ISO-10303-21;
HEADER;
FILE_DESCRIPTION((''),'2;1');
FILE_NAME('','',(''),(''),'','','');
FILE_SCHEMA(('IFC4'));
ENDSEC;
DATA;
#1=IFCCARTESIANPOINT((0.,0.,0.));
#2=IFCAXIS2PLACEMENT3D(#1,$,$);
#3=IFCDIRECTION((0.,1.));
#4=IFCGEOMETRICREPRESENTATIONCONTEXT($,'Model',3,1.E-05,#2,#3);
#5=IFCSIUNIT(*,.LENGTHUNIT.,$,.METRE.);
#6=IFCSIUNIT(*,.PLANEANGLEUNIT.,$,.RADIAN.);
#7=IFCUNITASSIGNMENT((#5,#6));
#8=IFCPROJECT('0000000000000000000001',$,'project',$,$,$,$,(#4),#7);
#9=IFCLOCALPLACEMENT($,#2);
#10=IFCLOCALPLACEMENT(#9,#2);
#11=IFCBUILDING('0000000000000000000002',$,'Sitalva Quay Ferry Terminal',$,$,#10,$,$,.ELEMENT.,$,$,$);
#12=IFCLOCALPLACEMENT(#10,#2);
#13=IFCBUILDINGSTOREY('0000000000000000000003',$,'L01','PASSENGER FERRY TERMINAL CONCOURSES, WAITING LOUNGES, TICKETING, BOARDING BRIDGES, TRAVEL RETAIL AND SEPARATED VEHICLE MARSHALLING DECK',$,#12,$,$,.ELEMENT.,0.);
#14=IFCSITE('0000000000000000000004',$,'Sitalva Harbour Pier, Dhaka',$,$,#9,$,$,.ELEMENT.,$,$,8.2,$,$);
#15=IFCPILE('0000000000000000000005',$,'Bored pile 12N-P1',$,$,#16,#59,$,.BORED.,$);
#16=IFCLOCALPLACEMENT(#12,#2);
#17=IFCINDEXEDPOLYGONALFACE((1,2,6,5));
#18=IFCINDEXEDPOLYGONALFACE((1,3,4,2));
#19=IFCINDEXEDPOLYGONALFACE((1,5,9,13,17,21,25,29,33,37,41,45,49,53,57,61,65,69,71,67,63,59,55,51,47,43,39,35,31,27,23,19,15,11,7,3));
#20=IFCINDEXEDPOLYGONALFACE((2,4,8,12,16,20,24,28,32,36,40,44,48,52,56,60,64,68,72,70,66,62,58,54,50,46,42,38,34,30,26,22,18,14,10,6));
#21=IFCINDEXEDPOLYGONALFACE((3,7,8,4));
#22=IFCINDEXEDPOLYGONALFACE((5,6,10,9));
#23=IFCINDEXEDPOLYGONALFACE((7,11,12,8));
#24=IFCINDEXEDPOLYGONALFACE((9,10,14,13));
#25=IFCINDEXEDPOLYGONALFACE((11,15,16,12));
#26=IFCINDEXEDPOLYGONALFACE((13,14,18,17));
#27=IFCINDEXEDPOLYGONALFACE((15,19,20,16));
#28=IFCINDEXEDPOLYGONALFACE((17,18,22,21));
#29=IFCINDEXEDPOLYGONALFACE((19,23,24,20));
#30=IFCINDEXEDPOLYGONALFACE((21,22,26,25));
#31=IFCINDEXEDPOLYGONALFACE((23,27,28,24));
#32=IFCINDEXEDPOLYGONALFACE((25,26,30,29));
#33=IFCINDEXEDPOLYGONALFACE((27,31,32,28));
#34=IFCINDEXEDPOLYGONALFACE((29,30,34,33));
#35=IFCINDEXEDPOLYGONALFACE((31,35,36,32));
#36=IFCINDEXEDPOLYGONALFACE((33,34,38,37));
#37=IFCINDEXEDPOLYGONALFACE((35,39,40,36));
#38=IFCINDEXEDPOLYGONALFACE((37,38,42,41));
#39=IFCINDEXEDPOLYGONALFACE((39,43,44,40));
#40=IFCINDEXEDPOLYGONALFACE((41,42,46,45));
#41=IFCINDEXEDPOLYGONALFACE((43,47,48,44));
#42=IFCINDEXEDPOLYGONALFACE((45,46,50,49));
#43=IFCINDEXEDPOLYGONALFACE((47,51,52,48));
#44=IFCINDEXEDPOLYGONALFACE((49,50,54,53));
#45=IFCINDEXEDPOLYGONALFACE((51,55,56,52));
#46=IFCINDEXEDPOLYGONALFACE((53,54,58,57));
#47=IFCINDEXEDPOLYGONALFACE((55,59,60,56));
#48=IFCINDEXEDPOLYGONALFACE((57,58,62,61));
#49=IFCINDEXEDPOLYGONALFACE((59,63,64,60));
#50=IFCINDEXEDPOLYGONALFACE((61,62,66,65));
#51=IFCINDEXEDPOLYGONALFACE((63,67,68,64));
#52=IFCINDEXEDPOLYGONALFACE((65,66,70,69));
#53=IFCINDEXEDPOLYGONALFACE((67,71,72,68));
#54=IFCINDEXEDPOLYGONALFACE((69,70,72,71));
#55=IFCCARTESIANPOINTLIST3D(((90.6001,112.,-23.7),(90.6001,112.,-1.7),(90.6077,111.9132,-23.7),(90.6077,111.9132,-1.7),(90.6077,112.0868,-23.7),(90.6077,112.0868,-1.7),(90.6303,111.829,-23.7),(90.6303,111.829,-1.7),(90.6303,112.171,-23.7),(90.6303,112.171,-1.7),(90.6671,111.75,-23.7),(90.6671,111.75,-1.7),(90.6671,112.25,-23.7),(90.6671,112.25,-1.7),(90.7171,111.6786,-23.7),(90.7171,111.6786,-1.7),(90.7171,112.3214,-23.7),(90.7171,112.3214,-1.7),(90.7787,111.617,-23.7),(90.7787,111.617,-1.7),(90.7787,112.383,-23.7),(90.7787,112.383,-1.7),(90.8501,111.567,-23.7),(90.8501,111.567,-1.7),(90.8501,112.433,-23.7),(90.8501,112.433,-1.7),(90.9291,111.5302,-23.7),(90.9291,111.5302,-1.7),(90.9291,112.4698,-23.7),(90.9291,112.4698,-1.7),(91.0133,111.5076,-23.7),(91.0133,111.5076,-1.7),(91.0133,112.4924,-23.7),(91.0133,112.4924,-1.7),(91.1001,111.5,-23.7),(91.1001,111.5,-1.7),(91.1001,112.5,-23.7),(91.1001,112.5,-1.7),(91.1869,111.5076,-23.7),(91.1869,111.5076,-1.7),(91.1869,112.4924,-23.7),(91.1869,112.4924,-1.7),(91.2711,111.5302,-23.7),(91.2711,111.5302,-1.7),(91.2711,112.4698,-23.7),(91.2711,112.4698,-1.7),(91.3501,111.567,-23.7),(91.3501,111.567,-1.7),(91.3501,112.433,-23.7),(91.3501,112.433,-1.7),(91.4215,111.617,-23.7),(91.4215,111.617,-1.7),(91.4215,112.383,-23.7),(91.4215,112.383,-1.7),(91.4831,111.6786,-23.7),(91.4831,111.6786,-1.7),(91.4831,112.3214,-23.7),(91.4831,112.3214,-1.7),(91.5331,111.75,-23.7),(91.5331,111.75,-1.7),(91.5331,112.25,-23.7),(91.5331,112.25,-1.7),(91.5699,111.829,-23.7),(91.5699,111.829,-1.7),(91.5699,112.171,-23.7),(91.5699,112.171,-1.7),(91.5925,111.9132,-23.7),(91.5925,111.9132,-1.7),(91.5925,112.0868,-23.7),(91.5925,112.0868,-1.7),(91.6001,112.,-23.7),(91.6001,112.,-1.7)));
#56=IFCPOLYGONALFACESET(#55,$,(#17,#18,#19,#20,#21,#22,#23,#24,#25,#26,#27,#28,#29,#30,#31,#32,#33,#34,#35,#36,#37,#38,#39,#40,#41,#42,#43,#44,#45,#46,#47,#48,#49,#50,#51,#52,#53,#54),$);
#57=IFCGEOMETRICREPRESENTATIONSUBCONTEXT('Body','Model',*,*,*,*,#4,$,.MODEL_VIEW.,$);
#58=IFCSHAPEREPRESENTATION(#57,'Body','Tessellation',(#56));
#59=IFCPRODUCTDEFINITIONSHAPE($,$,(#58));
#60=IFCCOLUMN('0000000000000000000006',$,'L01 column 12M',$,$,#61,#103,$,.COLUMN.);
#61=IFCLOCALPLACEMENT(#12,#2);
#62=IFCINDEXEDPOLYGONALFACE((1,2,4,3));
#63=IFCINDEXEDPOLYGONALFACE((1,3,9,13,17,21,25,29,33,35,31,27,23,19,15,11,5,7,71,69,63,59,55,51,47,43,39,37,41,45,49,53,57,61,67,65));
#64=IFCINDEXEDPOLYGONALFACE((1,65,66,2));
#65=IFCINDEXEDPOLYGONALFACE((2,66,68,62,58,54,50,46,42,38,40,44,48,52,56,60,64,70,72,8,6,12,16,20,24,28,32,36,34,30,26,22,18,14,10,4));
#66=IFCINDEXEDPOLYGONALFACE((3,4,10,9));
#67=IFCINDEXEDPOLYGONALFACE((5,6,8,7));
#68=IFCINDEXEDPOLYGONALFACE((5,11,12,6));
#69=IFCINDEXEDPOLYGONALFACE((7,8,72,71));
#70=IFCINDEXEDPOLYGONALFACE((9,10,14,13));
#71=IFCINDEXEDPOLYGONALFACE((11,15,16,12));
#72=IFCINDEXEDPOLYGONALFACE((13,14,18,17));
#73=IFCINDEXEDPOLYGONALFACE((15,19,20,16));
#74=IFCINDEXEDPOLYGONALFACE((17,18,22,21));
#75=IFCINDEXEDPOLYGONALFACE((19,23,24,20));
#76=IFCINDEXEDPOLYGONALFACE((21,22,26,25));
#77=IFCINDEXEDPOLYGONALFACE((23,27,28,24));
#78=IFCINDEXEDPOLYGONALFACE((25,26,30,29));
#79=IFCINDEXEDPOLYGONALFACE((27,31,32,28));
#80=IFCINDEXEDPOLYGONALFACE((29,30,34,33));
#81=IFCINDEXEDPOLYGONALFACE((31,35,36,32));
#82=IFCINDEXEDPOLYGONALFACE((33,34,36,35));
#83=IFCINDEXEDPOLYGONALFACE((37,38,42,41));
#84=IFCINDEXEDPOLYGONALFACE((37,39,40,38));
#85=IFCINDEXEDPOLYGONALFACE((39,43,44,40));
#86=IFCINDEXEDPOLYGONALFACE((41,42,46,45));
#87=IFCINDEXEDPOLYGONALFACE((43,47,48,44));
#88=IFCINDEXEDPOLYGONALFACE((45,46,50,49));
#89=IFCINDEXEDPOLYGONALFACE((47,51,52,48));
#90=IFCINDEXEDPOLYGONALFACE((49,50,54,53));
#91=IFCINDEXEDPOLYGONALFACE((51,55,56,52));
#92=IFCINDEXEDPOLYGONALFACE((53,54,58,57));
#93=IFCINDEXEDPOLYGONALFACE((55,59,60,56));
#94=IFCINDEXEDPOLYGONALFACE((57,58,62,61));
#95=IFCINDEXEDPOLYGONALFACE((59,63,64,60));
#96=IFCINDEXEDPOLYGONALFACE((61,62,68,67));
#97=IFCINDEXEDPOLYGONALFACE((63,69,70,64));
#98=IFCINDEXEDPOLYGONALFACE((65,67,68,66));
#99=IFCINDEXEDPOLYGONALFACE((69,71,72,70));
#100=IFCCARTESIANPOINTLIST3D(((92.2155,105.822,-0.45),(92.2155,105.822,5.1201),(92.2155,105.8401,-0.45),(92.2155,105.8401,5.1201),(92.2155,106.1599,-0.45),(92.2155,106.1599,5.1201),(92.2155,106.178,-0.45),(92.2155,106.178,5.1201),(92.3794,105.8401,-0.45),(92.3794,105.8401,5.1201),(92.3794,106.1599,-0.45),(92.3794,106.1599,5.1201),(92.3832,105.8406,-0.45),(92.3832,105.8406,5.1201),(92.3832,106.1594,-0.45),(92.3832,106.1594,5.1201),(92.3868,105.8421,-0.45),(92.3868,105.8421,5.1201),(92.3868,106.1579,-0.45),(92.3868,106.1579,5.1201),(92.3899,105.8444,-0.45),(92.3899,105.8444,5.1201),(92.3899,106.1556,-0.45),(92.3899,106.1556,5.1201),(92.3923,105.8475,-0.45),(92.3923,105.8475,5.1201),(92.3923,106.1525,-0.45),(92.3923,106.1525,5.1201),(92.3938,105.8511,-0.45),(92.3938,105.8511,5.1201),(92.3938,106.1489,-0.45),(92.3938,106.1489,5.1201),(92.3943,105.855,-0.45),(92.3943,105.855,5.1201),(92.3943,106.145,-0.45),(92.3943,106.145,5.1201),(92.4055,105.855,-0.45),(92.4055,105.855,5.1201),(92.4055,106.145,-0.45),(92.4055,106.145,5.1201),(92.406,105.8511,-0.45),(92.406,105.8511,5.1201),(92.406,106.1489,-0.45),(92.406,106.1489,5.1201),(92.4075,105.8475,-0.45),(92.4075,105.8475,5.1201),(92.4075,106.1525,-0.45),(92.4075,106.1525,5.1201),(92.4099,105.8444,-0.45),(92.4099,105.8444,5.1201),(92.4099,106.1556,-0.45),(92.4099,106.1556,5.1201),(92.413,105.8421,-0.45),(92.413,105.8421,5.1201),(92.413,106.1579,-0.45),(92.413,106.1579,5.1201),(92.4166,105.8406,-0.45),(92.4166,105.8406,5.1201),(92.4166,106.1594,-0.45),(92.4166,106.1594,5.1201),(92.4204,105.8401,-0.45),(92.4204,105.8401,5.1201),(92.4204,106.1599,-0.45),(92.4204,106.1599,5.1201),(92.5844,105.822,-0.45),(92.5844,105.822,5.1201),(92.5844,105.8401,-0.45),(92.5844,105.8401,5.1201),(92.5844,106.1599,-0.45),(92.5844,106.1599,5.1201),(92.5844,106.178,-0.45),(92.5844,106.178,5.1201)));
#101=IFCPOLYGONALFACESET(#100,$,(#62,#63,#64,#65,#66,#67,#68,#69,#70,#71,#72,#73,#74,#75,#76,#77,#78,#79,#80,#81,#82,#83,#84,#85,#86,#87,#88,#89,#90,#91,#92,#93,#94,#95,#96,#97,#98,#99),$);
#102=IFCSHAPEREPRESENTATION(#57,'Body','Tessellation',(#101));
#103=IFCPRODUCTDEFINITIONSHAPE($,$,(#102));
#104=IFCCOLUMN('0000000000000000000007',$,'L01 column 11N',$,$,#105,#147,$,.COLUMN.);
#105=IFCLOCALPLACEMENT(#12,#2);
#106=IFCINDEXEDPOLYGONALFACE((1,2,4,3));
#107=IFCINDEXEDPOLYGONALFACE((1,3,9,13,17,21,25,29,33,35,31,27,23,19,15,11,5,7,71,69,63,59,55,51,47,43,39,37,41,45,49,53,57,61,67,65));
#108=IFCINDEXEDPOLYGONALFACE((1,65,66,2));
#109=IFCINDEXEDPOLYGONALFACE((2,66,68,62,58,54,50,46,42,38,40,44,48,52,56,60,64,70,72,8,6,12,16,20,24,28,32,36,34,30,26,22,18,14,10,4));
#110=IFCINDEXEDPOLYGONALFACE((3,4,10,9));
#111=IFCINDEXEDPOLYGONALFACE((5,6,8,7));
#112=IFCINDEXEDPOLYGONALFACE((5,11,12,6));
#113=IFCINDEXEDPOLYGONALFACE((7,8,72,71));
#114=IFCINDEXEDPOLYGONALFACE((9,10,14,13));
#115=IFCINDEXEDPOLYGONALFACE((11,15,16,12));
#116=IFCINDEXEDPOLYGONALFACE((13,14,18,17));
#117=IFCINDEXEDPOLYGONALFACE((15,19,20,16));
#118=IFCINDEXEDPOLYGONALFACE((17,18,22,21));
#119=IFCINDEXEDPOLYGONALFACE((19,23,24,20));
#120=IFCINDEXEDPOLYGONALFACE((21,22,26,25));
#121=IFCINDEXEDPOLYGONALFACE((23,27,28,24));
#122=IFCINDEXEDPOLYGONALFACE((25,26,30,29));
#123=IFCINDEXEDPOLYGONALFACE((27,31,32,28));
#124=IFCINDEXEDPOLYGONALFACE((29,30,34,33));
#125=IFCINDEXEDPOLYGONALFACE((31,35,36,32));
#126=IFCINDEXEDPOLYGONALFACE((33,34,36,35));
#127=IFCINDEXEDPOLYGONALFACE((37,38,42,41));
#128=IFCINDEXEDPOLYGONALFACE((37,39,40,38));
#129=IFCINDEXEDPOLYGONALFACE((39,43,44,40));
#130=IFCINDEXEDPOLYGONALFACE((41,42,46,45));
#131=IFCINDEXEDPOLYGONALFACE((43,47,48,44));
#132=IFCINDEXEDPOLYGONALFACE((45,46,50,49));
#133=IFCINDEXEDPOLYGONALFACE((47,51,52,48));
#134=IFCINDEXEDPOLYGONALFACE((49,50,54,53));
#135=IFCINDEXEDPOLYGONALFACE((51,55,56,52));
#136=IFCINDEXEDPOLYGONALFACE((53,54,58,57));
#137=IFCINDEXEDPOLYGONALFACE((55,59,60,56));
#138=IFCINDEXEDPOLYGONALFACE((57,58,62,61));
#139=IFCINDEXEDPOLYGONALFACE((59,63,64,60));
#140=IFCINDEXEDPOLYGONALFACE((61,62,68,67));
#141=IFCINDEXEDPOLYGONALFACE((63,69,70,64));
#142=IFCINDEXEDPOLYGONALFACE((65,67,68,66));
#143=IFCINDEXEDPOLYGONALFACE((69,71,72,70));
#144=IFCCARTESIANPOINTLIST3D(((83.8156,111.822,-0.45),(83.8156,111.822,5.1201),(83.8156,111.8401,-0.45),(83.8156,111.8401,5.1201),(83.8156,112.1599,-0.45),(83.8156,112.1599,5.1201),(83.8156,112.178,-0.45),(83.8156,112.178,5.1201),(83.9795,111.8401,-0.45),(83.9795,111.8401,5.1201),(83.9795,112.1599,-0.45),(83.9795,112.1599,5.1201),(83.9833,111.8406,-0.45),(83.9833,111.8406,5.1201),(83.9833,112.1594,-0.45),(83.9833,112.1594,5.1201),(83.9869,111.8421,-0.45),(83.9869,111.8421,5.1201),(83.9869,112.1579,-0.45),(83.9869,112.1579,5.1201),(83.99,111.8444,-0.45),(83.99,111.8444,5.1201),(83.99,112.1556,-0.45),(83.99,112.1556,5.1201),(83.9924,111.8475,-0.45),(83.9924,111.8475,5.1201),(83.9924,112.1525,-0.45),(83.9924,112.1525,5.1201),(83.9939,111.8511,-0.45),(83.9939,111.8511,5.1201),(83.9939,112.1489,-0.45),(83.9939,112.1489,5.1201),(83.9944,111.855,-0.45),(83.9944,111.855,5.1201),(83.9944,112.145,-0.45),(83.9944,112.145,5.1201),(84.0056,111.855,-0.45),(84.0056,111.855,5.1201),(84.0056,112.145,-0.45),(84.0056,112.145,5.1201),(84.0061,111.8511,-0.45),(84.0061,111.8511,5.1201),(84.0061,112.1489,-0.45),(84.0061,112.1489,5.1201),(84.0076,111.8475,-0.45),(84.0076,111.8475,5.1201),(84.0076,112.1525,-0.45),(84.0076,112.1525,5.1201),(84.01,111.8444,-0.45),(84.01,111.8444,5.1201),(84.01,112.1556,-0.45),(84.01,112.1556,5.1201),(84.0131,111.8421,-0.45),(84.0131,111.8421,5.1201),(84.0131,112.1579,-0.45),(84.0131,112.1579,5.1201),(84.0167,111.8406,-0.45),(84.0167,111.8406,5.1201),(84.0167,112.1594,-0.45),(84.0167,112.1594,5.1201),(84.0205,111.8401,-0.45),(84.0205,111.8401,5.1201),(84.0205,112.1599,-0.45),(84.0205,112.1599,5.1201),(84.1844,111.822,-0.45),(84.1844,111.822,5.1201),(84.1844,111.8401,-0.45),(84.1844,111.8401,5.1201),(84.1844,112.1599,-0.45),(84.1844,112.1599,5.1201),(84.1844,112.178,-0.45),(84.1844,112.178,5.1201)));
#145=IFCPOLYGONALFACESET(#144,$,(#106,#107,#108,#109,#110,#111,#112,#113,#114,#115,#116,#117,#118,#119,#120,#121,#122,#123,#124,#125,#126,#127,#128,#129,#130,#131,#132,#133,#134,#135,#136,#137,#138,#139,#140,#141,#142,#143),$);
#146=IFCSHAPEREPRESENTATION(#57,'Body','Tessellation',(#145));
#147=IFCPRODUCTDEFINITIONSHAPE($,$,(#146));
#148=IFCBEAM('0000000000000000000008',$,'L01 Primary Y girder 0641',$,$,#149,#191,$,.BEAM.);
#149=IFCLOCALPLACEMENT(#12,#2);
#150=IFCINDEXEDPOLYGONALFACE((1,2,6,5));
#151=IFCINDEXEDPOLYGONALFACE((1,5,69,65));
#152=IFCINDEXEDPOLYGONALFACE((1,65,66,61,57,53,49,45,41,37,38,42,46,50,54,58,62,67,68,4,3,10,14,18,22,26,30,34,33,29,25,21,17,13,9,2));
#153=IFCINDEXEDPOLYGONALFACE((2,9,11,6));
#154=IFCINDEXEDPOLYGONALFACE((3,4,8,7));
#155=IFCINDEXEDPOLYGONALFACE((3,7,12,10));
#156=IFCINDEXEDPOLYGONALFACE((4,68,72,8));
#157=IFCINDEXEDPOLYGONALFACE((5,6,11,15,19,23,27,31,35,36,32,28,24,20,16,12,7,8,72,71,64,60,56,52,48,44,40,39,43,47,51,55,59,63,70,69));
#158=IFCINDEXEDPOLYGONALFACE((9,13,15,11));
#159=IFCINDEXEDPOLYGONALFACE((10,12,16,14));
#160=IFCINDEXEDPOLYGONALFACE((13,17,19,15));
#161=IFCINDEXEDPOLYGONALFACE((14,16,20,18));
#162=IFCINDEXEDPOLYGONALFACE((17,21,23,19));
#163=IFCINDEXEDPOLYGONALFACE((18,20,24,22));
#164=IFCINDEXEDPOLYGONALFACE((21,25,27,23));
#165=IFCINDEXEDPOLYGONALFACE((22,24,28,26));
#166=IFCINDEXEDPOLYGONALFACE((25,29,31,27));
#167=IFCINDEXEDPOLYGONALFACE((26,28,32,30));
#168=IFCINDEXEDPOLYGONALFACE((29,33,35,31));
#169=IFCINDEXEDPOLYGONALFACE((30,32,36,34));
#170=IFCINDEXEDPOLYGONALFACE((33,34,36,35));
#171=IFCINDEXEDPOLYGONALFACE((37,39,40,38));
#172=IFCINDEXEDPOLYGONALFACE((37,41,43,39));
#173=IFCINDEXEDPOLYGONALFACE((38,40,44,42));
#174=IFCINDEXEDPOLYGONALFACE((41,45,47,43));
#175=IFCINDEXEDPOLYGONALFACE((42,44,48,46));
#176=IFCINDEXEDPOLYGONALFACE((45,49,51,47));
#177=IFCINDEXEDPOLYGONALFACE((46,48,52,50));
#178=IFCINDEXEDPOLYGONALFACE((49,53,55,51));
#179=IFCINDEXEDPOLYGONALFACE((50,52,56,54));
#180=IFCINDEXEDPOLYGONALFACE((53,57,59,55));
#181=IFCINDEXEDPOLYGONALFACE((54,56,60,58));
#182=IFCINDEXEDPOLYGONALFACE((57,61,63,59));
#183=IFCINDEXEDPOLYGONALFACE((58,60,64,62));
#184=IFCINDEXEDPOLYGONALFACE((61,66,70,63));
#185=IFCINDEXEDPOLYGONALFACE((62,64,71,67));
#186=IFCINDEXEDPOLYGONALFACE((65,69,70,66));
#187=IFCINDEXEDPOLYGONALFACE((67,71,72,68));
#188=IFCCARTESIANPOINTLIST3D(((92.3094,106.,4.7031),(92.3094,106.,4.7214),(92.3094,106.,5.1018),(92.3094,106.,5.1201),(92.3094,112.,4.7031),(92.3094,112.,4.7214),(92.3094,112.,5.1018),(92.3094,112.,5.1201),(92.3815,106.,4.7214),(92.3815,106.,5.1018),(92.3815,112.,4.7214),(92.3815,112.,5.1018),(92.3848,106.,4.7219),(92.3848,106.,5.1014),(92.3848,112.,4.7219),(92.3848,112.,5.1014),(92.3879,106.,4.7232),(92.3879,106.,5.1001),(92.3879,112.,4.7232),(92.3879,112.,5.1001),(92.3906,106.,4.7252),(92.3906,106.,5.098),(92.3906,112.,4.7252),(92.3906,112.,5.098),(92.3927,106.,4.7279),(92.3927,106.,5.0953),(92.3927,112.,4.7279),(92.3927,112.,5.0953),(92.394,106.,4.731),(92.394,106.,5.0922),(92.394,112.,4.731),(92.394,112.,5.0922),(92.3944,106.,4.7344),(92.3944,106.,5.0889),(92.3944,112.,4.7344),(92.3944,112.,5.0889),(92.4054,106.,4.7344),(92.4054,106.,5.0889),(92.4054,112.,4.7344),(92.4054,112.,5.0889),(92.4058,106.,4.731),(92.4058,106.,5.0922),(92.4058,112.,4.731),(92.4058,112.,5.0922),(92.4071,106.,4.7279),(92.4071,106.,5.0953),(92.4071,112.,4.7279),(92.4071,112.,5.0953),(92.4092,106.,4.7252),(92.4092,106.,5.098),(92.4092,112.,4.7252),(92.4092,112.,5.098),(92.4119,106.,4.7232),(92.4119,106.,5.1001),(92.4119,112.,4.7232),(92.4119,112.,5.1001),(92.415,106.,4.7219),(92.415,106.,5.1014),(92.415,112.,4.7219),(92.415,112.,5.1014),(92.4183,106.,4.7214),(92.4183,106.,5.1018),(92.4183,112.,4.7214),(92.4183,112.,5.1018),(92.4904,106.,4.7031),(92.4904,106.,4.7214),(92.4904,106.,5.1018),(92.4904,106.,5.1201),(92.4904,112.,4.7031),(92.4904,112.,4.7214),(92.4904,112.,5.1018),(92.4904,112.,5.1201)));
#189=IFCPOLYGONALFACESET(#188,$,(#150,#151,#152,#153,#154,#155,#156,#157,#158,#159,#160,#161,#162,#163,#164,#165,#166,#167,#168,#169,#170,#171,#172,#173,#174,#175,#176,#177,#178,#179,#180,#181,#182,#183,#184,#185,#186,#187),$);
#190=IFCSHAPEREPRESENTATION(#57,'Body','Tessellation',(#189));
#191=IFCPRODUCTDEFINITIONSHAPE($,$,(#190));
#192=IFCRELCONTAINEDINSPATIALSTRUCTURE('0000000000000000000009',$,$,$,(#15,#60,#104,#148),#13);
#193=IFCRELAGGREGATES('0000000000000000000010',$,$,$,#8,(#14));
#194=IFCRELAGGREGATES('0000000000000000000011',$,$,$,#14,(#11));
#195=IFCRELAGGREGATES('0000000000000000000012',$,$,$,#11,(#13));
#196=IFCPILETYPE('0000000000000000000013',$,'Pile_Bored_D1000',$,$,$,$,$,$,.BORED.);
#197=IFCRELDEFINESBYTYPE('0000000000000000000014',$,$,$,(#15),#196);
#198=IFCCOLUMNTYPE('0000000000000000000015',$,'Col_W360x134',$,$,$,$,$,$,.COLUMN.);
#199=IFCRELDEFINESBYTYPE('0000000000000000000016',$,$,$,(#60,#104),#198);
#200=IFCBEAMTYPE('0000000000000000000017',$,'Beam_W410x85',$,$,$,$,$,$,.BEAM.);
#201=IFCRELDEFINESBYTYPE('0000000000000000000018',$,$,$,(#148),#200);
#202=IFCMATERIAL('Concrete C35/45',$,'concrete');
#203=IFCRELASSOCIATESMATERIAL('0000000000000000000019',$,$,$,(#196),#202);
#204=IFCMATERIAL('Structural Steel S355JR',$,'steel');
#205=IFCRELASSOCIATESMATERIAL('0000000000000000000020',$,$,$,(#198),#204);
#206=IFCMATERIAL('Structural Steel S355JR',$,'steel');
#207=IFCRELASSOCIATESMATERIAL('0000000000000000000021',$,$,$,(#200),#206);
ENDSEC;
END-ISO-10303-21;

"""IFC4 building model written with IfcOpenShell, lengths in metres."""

from ifc_helpers import new_model, si_unit, direction, frame, origin, origin_2d, place, context, subcontext, project, spatial, circle, i_section, extrude, material, material_profile, profile_set, type_object, element, save


model = new_model("IFC4")

# Units and contexts
model_context = context("Model", 3, precision=1e-05, world=origin(), true_north=direction((0.0, 1.0)))
body_context = subcontext(model_context, "Body", "Model", "MODEL_VIEW")
ifc_project = project(units=[si_unit("LENGTHUNIT", "METRE"), si_unit("PLANEANGLEUNIT", "RADIAN")], contexts=[model_context])

# Site, building, storey
site_placement = place(None, origin())
site = spatial("IfcSite", under=ifc_project, at=site_placement, Name="Sitalva Harbour Pier, Dhaka", CompositionType="ELEMENT", RefElevation=8.2)
building_placement = place(site_placement, origin())
building = spatial("IfcBuilding", under=site, at=building_placement, Name="Sitalva Quay Ferry Terminal", CompositionType="ELEMENT")
storey_placement = place(building_placement, origin())
storey = spatial("IfcBuildingStorey", under=building, at=storey_placement, Name="L01", Description="PASSENGER FERRY TERMINAL CONCOURSES, WAITING LOUNGES, TICKETING, BOARDING BRIDGES, TRAVEL RETAIL AND SEPARATED VEHICLE MARSHALLING DECK", CompositionType="ELEMENT", Elevation=0.0)

# Pile
ifc_material_1 = material(Name="Concrete C35/45", Category="concrete")
ifc_material_profile_1 = material_profile(ifc_material_1, circle(Radius=0.5, at=origin_2d()), Name="PILE-D1000")
ifc_profile_set_1 = profile_set([ifc_material_profile_1], Name="Concrete C35/45")
pile_type = type_object("IfcPileType", Name="Pile_Bored_D1000", PredefinedType="BORED", material=ifc_profile_set_1)
for number, where, z_axis, x_axis, name in (
    (1, (91.1001, 112.0, -1.7), (0.0, 0.0, -1.0), (1.0, 0.0, 0.0), "Bored pile 12N-P1"),
):
    element("IfcPile", number, at=place(storey_placement, frame(where, z_axis=z_axis, x_axis=x_axis)), inside=storey, type_object=pile_type, Name=name, PredefinedType="BORED", context=body_context, shape_type="SweptSolid", body=[
        extrude(circle(Radius=0.5, at=origin_2d()), origin(), (0.0, 0.0, 1.0), 22.0),
    ])

# Columns
ifc_material_2 = material(Name="Structural Steel S355JR", Category="steel")
ifc_material_profile_2 = material_profile(ifc_material_2, i_section(OverallWidth=0.3689, OverallDepth=0.356, WebThickness=0.0112, FlangeThickness=0.0181, FilletRadius=0.0149, at=origin_2d()), Name="W360x134")
ifc_profile_set_2 = profile_set([ifc_material_profile_2], Name="Structural Steel S355JR")
column_type = type_object("IfcColumnType", Name="Col_W360x134", PredefinedType="COLUMN", material=ifc_profile_set_2)
for number, where, z_axis, x_axis, name in (
    (2, (92.3999, 106.0, -0.45), (0.0, 0.0, 1.0), (1.0, 0.0, 0.0), "L01 column 12M"),
    (3, (84.0, 112.0, -0.45), (0.0, 0.0, 1.0), (1.0, 0.0, 0.0), "L01 column 11N"),
):
    element("IfcColumn", number, at=place(storey_placement, frame(where, z_axis=z_axis, x_axis=x_axis)), inside=storey, type_object=column_type, Name=name, PredefinedType="COLUMN", context=body_context, shape_type="SweptSolid", body=[
        extrude(i_section(OverallWidth=0.3689, OverallDepth=0.356, WebThickness=0.0112, FlangeThickness=0.0181, FilletRadius=0.0149, at=origin_2d()), origin(), (0.0, 0.0, 1.0), 5.5701),
    ])

# Beam
ifc_material_3 = material(Name="Structural Steel S355JR", Category="steel")
ifc_material_profile_3 = material_profile(ifc_material_3, i_section(OverallWidth=0.1809, OverallDepth=0.417, WebThickness=0.011, FlangeThickness=0.0183, FilletRadius=0.0129, at=origin_2d()), Name="W410x85")
ifc_profile_set_3 = profile_set([ifc_material_profile_3], Name="Structural Steel S355JR")
beam_type_1 = type_object("IfcBeamType", Name="Beam_W410x85", PredefinedType="BEAM", material=ifc_profile_set_3)
beam_1_placement = place(storey_placement, frame((92.3999, 106.0, 4.9116), z_axis=(0.0, 1.0, 0.0), x_axis=(-1.0, 0.0, 0.0)))
element("IfcBeam", 4, at=beam_1_placement, inside=storey, type_object=beam_type_1, Name="L01 Primary Y girder 0641", PredefinedType="BEAM", context=body_context, shape_type="SweptSolid", body=[
    extrude(i_section(OverallWidth=0.1809, OverallDepth=0.417, WebThickness=0.011, FlangeThickness=0.0183, FilletRadius=0.0129, at=origin_2d()), origin(), (0.0, 0.0, 1.0), 6.0),
])

save(model, "model.ifc")
